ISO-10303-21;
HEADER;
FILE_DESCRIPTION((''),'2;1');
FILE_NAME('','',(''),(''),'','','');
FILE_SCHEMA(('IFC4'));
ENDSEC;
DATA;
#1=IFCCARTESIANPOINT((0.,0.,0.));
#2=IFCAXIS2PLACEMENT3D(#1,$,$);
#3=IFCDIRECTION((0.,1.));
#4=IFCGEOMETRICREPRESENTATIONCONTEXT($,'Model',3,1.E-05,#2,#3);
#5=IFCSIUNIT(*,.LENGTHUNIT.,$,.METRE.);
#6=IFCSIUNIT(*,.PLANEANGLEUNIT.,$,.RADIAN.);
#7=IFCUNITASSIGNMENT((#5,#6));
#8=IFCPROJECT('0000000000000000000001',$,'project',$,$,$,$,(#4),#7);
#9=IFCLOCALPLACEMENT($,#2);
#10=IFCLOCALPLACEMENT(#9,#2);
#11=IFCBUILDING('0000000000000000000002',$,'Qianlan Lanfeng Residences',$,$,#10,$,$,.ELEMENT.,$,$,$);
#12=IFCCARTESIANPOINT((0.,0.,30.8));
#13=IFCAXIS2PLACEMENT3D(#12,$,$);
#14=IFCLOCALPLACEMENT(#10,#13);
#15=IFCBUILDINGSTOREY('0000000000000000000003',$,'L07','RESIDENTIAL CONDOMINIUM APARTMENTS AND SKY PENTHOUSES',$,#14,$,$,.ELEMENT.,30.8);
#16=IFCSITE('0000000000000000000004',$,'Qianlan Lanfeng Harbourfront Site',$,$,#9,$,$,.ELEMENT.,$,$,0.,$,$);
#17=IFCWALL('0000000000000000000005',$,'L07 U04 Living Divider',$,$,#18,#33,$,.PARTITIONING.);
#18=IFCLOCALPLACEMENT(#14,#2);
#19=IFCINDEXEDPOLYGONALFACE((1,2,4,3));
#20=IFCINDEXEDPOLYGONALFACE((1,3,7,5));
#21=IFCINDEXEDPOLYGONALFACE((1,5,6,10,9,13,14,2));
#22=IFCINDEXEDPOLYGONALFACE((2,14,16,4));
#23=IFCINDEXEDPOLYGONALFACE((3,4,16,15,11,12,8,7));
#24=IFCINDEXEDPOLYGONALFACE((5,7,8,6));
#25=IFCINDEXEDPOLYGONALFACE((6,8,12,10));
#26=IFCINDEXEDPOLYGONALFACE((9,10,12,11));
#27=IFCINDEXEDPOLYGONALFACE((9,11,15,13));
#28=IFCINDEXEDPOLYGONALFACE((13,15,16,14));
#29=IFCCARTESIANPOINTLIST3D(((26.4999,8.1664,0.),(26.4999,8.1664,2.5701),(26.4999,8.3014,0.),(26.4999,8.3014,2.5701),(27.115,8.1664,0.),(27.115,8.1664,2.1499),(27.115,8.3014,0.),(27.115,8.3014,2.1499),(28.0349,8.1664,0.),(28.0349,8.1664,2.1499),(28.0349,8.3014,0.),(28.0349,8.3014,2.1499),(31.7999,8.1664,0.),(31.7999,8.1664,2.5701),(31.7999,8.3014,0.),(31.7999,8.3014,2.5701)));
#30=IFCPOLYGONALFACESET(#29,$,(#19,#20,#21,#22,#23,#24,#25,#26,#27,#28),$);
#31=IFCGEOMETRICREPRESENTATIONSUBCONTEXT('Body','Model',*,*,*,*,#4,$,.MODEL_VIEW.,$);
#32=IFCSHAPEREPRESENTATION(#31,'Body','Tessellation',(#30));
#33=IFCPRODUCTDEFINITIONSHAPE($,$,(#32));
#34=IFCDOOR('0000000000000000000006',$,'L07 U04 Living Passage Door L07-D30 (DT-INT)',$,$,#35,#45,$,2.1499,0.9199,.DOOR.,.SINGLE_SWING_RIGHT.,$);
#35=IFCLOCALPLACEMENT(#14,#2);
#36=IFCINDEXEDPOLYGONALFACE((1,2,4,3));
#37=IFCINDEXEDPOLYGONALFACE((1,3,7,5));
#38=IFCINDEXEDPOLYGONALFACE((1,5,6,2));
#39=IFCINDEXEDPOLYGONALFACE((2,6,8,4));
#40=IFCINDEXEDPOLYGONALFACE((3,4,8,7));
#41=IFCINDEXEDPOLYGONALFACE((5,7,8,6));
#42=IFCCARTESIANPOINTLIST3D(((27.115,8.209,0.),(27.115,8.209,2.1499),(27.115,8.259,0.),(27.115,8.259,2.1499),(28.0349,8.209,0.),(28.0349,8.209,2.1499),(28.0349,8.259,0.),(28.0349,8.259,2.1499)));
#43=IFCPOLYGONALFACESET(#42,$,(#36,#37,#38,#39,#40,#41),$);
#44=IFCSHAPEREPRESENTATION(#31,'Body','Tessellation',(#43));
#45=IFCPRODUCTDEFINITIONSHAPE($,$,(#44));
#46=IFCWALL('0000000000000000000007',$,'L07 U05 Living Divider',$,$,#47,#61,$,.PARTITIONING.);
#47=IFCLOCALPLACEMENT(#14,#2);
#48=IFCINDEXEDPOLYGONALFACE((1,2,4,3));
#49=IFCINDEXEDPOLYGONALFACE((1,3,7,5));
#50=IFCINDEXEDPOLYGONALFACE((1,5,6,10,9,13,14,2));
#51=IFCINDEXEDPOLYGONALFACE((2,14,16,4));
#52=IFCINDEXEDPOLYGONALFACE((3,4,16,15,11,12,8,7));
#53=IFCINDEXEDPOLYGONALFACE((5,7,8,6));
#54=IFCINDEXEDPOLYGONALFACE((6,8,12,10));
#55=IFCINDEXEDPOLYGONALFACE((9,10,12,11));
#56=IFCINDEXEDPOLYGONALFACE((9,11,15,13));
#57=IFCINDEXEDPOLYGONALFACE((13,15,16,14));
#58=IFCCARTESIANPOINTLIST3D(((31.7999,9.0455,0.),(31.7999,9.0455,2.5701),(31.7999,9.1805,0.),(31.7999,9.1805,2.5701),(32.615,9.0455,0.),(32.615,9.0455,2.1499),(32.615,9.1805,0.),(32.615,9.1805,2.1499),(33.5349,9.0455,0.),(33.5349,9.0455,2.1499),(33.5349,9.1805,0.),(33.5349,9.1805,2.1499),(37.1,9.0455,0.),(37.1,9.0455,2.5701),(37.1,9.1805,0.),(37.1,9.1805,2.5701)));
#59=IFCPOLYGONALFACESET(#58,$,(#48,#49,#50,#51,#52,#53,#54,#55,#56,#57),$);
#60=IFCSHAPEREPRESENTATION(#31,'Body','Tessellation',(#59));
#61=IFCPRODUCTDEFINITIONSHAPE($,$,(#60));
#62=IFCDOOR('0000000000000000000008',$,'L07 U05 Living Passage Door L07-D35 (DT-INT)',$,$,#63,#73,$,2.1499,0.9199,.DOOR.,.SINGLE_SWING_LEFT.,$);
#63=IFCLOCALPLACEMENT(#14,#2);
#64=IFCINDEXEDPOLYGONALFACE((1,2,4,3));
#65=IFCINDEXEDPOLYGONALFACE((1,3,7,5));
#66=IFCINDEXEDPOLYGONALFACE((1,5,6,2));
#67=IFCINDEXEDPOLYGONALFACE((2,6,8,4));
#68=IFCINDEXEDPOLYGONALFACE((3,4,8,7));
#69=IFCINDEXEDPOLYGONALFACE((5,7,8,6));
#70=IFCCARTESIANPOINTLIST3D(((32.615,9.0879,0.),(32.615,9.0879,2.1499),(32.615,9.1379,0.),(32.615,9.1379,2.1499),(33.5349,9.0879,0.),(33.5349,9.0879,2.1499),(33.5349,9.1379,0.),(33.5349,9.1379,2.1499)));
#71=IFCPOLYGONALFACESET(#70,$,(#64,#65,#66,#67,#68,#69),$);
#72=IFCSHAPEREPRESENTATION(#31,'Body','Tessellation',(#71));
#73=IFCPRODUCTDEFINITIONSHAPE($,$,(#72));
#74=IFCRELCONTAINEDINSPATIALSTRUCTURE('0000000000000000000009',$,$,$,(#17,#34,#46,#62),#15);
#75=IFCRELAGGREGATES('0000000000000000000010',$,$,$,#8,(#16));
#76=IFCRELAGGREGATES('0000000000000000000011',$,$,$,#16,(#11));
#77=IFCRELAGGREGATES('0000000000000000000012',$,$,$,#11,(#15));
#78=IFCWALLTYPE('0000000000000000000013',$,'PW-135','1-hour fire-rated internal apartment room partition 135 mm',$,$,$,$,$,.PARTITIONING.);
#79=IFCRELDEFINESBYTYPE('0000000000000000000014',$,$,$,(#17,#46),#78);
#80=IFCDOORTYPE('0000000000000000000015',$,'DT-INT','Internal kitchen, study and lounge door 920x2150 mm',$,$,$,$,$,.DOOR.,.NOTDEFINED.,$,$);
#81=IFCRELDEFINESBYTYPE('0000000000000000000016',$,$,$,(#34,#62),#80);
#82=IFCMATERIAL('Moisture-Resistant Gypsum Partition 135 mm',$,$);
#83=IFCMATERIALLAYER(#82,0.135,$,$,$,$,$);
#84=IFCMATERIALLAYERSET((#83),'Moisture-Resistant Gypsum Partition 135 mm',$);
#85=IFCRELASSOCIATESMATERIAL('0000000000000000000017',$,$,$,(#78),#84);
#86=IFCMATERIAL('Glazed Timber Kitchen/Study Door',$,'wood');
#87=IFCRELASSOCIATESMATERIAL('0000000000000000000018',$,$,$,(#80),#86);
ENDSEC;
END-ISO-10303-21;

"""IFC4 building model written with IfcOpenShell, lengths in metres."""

from ifc_helpers import new_model, si_unit, direction, frame, frame_2d, origin, place, context, subcontext, project, spatial, rectangle, extrude, material, layer, layer_set, type_object, element, fill, save


model = new_model("IFC4")

# Units and contexts
model_context = context("Model", 3, precision=1e-05, world=origin(), true_north=direction((0.0, 1.0)))
body_context = subcontext(model_context, "Body", "Model", "MODEL_VIEW")
ifc_project = project(units=[si_unit("LENGTHUNIT", "METRE"), si_unit("PLANEANGLEUNIT", "RADIAN")], contexts=[model_context])

# Site, building, storey
site_placement = place(None, origin())
site = spatial("IfcSite", under=ifc_project, at=site_placement, Name="Qianlan Lanfeng Harbourfront Site", CompositionType="ELEMENT", RefElevation=0.0)
building_placement = place(site_placement, origin())
building = spatial("IfcBuilding", under=site, at=building_placement, Name="Qianlan Lanfeng Residences", CompositionType="ELEMENT")
storey_placement = place(building_placement, frame((0.0, 0.0, 30.8)))
storey = spatial("IfcBuildingStorey", under=building, at=storey_placement, Name="L07", Description="RESIDENTIAL CONDOMINIUM APARTMENTS AND SKY PENTHOUSES", CompositionType="ELEMENT", Elevation=30.8)

# Shared definitions
ifc_material_1 = material(Name="Moisture-Resistant Gypsum Partition 135 mm")
ifc_layer = layer(ifc_material_1, 0.135)
ifc_layer_set = layer_set([ifc_layer], Name="Moisture-Resistant Gypsum Partition 135 mm")
wall_type = type_object("IfcWallType", Name="PW-135", Description="1-hour fire-rated internal apartment room partition 135 mm", PredefinedType="PARTITIONING", material=ifc_layer_set)
ifc_material_2 = material(Name="Glazed Timber Kitchen/Study Door", Category="wood")
door_type_1 = type_object("IfcDoorType", Name="DT-INT", Description="Internal kitchen, study and lounge door 920x2150 mm", OperationType="NOTDEFINED", PredefinedType="DOOR", material=ifc_material_2)

# Wall, opening, door
wall_1_placement = place(storey_placement, frame((26.5, 8.2339, 0.0), z_axis=(0.0, 0.0, 1.0), x_axis=(1.0, 0.0, 0.0)))
wall_1 = element("IfcWall", 1, at=wall_1_placement, inside=storey, type_object=wall_type, Name="L07 U04 Living Divider", PredefinedType="PARTITIONING", context=body_context, shape_type="SweptSolid", body=[
    extrude(rectangle(XDim=5.3, YDim=0.135, at=frame_2d((2.6499, 0.0))), origin(), (0.0, 0.0, 1.0), 2.5701),
])
opening_1_placement = place(wall_1_placement, frame((0.615, 0.0, 0.0)))
opening_1 = element("IfcOpeningElement", 2, at=opening_1_placement, cuts=wall_1, PredefinedType="OPENING", context=body_context, shape_type="SweptSolid", body=[
    extrude(rectangle(XDim=0.9199, YDim=2.1499, at=frame_2d((0.46, 1.075))), frame((0.0, 0.0776, 0.0), z_axis=(0.0, -1.0, 0.0), x_axis=(1.0, 0.0, 0.0)), (0.0, 0.0, 1.0), 0.155),
])
door_1_placement = place(opening_1_placement, frame((0.9199, 0.0, 0.0), z_axis=(0.0, 0.0, 1.0), x_axis=(-1.0, 0.0, 0.0)))
door_1 = element("IfcDoor", 3, at=door_1_placement, inside=storey, type_object=door_type_1, Name="L07 U04 Living Passage Door L07-D30 (DT-INT)", OperationType="SINGLE_SWING_RIGHT", OverallHeight=2.1499, OverallWidth=0.9199, PredefinedType="DOOR", context=body_context, shape_type="SweptSolid", body=[
    extrude(rectangle(XDim=0.9199, YDim=2.1499, at=frame_2d((0.46, 1.075))), frame((0.0, 0.0249, 0.0), z_axis=(0.0, -1.0, 0.0), x_axis=(1.0, 0.0, 0.0)), (0.0, 0.0, 1.0), 0.05),
])
fill(opening_1, door_1)

# Wall, opening, door
wall_2_placement = place(storey_placement, frame((31.8, 9.113, 0.0), z_axis=(0.0, 0.0, 1.0), x_axis=(1.0, 0.0, 0.0)))
wall_2 = element("IfcWall", 4, at=wall_2_placement, inside=storey, type_object=wall_type, Name="L07 U05 Living Divider", PredefinedType="PARTITIONING", context=body_context, shape_type="SweptSolid", body=[
    extrude(rectangle(XDim=5.3, YDim=0.135, at=frame_2d((2.6499, 0.0))), origin(), (0.0, 0.0, 1.0), 2.5701),
])
opening_2_placement = place(wall_2_placement, frame((0.8149, 0.0, 0.0)))
opening_2 = element("IfcOpeningElement", 5, at=opening_2_placement, cuts=wall_2, PredefinedType="OPENING", context=body_context, shape_type="SweptSolid", body=[
    extrude(rectangle(XDim=0.9199, YDim=2.1499, at=frame_2d((0.46, 1.075))), frame((0.0, 0.0776, 0.0), z_axis=(0.0, -1.0, 0.0), x_axis=(1.0, 0.0, 0.0)), (0.0, 0.0, 1.0), 0.155),
])
door_2_placement = place(opening_2_placement, origin())
door_2 = element("IfcDoor", 6, at=door_2_placement, inside=storey, type_object=door_type_1, Name="L07 U05 Living Passage Door L07-D35 (DT-INT)", OperationType="SINGLE_SWING_LEFT", OverallHeight=2.1499, OverallWidth=0.9199, PredefinedType="DOOR", context=body_context, shape_type="SweptSolid", body=[
    extrude(rectangle(XDim=0.9199, YDim=2.1499, at=frame_2d((0.46, 1.075))), frame((0.0, 0.0249, 0.0), z_axis=(0.0, -1.0, 0.0), x_axis=(1.0, 0.0, 0.0)), (0.0, 0.0, 1.0), 0.05),
])
fill(opening_2, door_2)

save(model, "model.ifc")
